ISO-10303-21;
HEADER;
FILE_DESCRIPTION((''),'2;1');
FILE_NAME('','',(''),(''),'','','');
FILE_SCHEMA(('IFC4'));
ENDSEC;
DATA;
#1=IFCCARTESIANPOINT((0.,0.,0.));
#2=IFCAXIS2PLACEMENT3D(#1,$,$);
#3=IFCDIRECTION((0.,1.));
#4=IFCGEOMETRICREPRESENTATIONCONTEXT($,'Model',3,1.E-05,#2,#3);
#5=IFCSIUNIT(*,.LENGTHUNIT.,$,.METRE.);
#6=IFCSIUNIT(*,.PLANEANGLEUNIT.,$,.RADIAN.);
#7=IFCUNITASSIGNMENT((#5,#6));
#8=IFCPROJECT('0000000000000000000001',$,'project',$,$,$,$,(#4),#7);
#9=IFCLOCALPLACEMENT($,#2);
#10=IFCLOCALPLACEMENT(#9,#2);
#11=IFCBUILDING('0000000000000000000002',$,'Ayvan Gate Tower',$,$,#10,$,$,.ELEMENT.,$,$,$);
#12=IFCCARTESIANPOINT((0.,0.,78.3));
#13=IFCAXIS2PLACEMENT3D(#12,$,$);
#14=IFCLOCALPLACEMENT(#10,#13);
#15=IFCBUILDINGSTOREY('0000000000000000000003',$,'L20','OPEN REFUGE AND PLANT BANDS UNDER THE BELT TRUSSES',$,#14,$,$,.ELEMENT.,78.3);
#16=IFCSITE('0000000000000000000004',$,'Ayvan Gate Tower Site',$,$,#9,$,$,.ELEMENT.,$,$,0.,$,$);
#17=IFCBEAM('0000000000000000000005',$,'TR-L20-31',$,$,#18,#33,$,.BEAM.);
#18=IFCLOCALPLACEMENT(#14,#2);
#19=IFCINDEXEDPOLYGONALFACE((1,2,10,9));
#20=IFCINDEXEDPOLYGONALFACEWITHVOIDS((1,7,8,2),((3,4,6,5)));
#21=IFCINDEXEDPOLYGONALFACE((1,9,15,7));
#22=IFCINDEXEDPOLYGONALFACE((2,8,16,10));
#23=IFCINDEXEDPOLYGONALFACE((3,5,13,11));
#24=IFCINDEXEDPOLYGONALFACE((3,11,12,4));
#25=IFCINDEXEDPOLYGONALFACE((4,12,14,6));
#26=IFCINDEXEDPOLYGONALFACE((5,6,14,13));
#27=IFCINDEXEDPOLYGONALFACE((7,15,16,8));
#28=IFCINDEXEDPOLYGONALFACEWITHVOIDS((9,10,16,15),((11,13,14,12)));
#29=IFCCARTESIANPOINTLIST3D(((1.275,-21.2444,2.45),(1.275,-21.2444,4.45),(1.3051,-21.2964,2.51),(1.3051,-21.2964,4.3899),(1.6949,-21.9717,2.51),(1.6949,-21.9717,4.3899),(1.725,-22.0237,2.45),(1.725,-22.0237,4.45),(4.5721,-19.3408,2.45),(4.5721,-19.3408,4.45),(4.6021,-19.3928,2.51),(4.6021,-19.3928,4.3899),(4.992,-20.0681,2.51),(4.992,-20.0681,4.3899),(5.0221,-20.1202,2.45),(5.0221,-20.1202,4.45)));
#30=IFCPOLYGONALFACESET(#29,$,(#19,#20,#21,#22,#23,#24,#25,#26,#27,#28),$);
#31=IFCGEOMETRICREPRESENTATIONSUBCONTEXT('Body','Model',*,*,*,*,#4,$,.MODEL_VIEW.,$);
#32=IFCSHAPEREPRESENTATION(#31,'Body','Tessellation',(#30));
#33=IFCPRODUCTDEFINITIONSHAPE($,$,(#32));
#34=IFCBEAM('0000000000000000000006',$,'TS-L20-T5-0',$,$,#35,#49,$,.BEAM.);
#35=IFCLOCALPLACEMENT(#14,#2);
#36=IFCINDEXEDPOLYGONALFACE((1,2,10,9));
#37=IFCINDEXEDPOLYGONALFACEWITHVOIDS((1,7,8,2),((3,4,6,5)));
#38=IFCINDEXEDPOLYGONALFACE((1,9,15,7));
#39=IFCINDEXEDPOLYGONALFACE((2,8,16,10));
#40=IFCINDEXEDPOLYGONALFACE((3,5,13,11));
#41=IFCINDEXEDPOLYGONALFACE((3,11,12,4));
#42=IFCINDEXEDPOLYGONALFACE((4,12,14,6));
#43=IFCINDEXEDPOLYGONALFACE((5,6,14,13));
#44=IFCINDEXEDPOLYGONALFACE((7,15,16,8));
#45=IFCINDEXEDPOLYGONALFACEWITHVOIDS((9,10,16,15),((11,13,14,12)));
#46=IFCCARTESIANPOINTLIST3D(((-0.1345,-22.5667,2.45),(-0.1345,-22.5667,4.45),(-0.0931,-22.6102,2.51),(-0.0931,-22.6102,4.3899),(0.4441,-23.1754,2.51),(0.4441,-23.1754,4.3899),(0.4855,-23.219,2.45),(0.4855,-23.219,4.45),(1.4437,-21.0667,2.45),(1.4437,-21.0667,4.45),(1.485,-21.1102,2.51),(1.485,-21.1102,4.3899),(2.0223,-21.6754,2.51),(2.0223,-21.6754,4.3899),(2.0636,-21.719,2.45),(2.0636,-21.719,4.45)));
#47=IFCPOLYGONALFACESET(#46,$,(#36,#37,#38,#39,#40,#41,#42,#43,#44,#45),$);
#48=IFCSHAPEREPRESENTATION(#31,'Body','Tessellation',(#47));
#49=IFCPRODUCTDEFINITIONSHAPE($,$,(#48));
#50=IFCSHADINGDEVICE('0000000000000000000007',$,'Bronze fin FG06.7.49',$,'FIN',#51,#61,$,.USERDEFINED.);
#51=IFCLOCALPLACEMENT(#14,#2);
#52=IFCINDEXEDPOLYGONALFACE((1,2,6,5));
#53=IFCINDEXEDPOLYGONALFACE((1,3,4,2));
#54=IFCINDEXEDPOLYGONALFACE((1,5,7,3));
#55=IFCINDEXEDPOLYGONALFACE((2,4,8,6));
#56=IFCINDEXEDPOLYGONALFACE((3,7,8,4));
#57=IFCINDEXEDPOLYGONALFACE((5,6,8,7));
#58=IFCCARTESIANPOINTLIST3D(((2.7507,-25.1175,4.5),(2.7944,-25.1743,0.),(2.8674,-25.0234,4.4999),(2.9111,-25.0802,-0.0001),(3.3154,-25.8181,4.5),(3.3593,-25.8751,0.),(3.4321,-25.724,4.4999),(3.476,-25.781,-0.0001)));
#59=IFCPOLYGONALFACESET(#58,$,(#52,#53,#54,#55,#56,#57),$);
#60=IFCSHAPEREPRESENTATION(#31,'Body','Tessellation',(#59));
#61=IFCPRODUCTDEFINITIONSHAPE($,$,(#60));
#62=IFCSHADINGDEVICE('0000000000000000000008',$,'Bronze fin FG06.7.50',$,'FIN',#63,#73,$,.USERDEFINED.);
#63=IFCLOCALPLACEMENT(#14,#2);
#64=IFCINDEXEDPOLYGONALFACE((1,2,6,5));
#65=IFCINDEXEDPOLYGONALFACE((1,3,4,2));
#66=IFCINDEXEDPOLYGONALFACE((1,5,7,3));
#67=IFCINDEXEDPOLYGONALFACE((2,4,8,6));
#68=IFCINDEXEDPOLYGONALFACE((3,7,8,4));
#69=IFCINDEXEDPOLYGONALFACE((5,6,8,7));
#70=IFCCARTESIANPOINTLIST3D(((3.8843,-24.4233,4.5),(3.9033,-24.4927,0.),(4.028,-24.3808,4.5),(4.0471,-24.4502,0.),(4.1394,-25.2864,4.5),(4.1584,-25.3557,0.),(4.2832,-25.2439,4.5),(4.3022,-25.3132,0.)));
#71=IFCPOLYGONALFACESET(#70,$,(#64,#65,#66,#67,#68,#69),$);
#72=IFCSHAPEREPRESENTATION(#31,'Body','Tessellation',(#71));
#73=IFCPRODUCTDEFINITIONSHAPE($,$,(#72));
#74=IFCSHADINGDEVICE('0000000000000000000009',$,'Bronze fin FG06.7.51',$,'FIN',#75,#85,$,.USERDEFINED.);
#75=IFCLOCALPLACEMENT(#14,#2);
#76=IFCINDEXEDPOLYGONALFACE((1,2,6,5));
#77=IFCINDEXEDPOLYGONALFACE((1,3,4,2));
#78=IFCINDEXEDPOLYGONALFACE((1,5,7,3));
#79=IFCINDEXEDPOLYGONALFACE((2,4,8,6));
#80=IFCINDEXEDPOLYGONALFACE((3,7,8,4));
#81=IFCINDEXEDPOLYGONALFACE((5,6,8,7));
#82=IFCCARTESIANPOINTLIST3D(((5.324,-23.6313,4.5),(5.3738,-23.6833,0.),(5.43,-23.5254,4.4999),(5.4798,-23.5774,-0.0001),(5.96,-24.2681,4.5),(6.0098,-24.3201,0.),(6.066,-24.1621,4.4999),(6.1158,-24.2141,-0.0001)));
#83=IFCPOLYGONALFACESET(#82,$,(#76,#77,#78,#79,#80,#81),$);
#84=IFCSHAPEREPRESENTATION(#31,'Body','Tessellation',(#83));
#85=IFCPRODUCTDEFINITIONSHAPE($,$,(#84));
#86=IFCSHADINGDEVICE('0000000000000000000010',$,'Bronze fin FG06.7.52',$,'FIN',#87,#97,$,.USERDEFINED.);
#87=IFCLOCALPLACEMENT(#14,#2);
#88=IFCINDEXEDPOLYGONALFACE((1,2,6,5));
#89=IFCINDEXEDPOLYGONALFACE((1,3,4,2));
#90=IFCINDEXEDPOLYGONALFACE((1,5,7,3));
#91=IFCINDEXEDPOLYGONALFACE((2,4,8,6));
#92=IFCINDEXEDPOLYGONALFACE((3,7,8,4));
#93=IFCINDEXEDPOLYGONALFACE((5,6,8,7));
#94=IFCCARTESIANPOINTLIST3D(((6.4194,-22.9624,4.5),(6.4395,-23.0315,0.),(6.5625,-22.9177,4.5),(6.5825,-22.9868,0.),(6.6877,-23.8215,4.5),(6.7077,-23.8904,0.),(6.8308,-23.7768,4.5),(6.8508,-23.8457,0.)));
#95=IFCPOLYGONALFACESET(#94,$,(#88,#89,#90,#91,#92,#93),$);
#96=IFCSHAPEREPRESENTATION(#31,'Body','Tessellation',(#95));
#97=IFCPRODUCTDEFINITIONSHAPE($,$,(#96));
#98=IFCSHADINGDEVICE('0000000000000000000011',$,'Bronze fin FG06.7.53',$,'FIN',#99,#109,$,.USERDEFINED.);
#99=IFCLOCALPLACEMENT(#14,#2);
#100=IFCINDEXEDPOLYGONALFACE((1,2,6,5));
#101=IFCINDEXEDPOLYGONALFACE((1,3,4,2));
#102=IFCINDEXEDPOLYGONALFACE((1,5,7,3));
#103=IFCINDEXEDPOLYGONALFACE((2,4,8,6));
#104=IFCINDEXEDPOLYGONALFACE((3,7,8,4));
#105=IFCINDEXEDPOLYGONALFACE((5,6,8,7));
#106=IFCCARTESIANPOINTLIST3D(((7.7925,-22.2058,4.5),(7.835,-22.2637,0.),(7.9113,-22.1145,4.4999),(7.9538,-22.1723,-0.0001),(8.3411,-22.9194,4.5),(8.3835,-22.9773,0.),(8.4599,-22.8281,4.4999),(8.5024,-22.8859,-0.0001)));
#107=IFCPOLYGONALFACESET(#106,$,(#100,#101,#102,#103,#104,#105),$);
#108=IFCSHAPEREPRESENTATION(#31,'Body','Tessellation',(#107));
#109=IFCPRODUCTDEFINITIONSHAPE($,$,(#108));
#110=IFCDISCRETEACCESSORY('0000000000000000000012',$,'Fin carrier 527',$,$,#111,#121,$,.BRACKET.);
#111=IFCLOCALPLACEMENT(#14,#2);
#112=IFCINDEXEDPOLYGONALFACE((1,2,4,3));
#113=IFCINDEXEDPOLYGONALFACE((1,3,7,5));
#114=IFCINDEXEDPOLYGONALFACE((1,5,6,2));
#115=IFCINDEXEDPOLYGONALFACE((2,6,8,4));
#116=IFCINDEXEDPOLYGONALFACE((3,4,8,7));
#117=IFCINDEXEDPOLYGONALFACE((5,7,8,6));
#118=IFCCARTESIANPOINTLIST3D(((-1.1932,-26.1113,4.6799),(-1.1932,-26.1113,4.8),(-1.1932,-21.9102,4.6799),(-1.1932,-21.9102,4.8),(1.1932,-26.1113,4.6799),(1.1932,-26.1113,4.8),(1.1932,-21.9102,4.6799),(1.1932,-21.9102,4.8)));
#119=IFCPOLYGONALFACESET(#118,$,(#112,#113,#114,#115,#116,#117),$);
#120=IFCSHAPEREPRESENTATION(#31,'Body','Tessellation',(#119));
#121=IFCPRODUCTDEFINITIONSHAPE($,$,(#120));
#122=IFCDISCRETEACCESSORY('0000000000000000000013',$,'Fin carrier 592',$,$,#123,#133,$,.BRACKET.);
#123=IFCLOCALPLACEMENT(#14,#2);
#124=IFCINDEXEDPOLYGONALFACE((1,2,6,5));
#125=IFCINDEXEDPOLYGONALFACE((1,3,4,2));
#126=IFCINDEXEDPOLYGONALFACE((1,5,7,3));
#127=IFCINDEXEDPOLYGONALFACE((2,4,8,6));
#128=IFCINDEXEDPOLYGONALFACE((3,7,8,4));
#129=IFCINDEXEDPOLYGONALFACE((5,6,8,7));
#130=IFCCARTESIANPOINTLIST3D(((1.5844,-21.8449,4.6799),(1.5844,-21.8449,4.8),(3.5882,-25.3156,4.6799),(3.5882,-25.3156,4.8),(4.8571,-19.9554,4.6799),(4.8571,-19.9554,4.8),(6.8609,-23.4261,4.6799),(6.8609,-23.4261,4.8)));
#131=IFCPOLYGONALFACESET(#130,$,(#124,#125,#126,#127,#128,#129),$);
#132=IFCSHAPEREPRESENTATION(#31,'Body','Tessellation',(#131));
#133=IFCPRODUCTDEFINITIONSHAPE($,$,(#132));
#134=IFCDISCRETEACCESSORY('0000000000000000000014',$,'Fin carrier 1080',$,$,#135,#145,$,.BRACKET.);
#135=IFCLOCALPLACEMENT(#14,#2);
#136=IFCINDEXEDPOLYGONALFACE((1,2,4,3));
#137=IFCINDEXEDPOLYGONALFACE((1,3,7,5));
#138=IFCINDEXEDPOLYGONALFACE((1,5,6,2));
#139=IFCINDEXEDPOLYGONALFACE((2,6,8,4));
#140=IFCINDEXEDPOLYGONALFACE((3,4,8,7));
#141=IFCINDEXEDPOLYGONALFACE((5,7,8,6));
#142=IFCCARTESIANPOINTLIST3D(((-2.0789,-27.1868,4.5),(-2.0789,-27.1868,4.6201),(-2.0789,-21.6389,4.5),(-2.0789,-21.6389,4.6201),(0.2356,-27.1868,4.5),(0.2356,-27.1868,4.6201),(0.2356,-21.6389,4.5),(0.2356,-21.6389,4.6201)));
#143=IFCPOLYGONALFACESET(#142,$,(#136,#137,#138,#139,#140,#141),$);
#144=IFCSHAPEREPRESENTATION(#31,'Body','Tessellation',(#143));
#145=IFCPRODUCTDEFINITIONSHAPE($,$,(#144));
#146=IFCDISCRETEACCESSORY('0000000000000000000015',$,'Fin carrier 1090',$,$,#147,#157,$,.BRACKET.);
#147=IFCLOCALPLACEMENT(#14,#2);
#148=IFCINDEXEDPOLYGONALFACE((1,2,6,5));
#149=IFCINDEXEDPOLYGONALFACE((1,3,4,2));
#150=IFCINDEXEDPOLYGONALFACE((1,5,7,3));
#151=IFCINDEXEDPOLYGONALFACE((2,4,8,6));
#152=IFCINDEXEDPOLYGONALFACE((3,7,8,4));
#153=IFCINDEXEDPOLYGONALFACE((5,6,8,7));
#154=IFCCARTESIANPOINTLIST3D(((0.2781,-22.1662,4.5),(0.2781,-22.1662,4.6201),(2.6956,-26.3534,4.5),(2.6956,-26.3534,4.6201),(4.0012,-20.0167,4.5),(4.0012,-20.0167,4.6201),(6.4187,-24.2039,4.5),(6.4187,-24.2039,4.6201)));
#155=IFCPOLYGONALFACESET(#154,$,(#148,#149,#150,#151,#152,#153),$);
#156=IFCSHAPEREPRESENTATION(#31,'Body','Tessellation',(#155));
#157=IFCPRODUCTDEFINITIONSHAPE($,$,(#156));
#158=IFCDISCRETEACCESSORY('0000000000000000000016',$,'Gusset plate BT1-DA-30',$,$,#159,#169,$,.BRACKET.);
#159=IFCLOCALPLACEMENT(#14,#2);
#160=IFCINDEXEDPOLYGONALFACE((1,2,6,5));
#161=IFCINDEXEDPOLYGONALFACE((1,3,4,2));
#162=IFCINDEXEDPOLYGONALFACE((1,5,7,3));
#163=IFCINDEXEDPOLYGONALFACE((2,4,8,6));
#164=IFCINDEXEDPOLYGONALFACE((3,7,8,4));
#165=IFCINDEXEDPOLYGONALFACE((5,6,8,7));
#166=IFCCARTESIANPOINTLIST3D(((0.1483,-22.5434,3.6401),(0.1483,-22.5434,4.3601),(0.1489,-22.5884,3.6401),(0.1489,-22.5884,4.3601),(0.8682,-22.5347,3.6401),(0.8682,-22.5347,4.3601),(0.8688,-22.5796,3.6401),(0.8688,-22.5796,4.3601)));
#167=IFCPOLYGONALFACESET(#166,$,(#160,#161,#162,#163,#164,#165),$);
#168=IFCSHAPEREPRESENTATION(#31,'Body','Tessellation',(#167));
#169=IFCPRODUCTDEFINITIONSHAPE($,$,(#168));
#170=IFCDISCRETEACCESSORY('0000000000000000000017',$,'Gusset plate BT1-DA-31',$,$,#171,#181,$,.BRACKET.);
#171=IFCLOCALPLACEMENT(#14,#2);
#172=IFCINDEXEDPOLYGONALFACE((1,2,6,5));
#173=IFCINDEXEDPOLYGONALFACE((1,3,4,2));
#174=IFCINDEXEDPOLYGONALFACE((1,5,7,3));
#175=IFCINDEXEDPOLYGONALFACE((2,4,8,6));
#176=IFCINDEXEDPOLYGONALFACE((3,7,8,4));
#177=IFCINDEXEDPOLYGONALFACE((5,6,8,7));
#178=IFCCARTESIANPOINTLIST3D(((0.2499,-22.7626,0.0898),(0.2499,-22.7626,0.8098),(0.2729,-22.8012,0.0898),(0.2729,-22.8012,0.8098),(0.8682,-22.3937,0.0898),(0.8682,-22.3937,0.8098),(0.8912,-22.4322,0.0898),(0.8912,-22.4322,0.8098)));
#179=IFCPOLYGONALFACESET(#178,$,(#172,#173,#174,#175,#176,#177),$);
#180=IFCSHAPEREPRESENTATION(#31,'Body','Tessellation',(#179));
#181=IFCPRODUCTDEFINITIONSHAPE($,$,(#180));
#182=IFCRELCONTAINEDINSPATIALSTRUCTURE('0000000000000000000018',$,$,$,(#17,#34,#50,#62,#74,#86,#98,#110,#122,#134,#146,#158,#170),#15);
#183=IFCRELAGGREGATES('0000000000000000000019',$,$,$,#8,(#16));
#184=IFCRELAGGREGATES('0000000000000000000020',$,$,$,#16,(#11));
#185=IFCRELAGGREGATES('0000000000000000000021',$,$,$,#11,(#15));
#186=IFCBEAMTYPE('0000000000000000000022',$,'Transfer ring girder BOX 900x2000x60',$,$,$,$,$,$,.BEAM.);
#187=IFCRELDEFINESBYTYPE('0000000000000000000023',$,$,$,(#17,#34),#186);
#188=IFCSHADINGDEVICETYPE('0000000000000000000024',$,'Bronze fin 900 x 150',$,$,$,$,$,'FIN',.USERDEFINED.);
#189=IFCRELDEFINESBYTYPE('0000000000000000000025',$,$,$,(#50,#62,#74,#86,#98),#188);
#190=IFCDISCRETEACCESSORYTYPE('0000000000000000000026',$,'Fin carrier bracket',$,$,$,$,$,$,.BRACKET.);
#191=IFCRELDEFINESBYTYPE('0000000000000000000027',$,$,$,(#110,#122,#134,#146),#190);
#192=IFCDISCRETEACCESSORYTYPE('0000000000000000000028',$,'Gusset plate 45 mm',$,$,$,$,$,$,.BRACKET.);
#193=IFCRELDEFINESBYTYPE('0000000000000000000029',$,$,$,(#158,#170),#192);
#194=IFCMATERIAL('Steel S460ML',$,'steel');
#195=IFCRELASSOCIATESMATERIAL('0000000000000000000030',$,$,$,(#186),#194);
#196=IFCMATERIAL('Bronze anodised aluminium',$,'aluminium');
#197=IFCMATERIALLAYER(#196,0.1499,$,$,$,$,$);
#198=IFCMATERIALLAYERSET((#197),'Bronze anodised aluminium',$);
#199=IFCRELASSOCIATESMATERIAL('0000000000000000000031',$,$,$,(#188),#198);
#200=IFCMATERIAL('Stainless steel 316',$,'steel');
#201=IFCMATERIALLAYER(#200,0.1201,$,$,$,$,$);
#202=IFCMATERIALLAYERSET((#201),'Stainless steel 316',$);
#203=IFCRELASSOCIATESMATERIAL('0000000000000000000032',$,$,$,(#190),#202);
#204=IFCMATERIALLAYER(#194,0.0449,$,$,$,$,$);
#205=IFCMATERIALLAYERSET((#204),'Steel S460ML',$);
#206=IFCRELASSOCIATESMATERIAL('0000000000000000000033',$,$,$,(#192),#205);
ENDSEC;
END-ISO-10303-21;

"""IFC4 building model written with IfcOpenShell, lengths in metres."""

from ifc_helpers import new_model, si_unit, direction, frame, origin, origin_2d, place, context, subcontext, project, spatial, polyline, rectangle, hollow_rectangle, outline, extrude, material, layer, layer_set, material_profile, profile_set, type_object, element, save


model = new_model("IFC4")

# Units and contexts
model_context = context("Model", 3, precision=1e-05, world=origin(), true_north=direction((0.0, 1.0)))
body_context = subcontext(model_context, "Body", "Model", "MODEL_VIEW")
ifc_project = project(units=[si_unit("LENGTHUNIT", "METRE"), si_unit("PLANEANGLEUNIT", "RADIAN")], contexts=[model_context])

# Site, building, storey
site_placement = place(None, origin())
site = spatial("IfcSite", under=ifc_project, at=site_placement, Name="Ayvan Gate Tower Site", CompositionType="ELEMENT", RefElevation=0.0)
building_placement = place(site_placement, origin())
building = spatial("IfcBuilding", under=site, at=building_placement, Name="Ayvan Gate Tower", CompositionType="ELEMENT")
storey_placement = place(building_placement, frame((0.0, 0.0, 78.3)))
storey = spatial("IfcBuildingStorey", under=building, at=storey_placement, Name="L20", Description="OPEN REFUGE AND PLANT BANDS UNDER THE BELT TRUSSES", CompositionType="ELEMENT", Elevation=78.3)

# Shared definitions
ifc_material_1 = material(Name="Steel S460ML", Category="steel")

# Beams
ifc_material_profile_1 = material_profile(ifc_material_1, hollow_rectangle(XDim=0.8999, YDim=2.0, WallThickness=0.0601, at=origin_2d()), Name="BOX 900x2000x60")
ifc_profile_set_1 = profile_set([ifc_material_profile_1], Name="Steel S460ML")
beam_type_1 = type_object("IfcBeamType", Name="Transfer ring girder BOX 900x2000x60", PredefinedType="BEAM", material=ifc_profile_set_1)
beam_1_placement = place(storey_placement, frame((1.5, -21.634, 3.45), z_axis=(0.866029, 0.499994, 0.0), x_axis=(-0.499994, 0.866029, 0.0)))
element("IfcBeam", 1, at=beam_1_placement, inside=storey, type_object=beam_type_1, Name="TR-L20-31", PredefinedType="BEAM", context=body_context, shape_type="SweptSolid", body=[
    extrude(hollow_rectangle(XDim=0.8999, YDim=2.0, WallThickness=0.0601, at=origin_2d()), origin(), (0.0, 0.0, 1.0), 3.8071),
])
beam_2_placement = place(storey_placement, frame((0.1755, -22.8928, 3.45), z_axis=(0.72482, 0.688938, 0.0), x_axis=(-0.688938, 0.72482, 0.0)))
element("IfcBeam", 2, at=beam_2_placement, inside=storey, type_object=beam_type_1, Name="TS-L20-T5-0", PredefinedType="BEAM", context=body_context, shape_type="SweptSolid", body=[
    extrude(hollow_rectangle(XDim=0.8999, YDim=2.0, WallThickness=0.0601, at=origin_2d()), origin(), (0.0, 0.0, 1.0), 2.1772),
])

# Shading devices
ifc_material_2 = material(Name="Bronze anodised aluminium", Category="aluminium")
ifc_layer_1 = layer(ifc_material_2, 0.1499)
ifc_layer_set_1 = layer_set([ifc_layer_1], Name="Bronze anodised aluminium")
shading_device_type = type_object("IfcShadingDeviceType", Name="Bronze fin 900 x 150", ElementType="FIN", PredefinedType="USERDEFINED", material=ifc_layer_set_1)
shading_device_1_placement = place(storey_placement, frame((2.7944, -25.1743, 0.0), z_axis=(-0.778548, -0.627585, 0.000351), x_axis=(0.627585, -0.778548, 0.0)))
element("IfcShadingDevice", 3, at=shading_device_1_placement, inside=storey, type_object=shading_device_type, Name="Bronze fin FG06.7.49", ObjectType="FIN", PredefinedType="USERDEFINED", context=body_context, shape_type="SweptSolid", body=[
    extrude(outline(polyline([(0.0, 0.0), (0.9001, 0.0), (0.8282, 4.5), (-0.0717, 4.5), (0.0, 0.0)])), origin(), (0.0, 0.0, -1.0), 0.1499),
])
shading_device_2_placement = place(storey_placement, frame((3.9033, -24.4927, 0.0), z_axis=(-0.958976, -0.283488, 0.00031), x_axis=(0.283488, -0.958976, 0.0)))
element("IfcShadingDevice", 4, at=shading_device_2_placement, inside=storey, type_object=shading_device_type, Name="Bronze fin FG06.7.50", ObjectType="FIN", PredefinedType="USERDEFINED", context=body_context, shape_type="SweptSolid", body=[
    extrude(outline(polyline([(0.0, 0.0), (0.9, 0.0), (0.8281, 4.5), (-0.0719, 4.5), (0.0, 0.0)])), origin(), (0.0, 0.0, -1.0), 0.1499),
])
shading_device_3_placement = place(storey_placement, frame((5.3738, -23.6833, 0.0), z_axis=(-0.707514, -0.7067, 0.000336), x_axis=(0.7067, -0.707514, 0.0)))
element("IfcShadingDevice", 5, at=shading_device_3_placement, inside=storey, type_object=shading_device_type, Name="Bronze fin FG06.7.51", ObjectType="FIN", PredefinedType="USERDEFINED", context=body_context, shape_type="SweptSolid", body=[
    extrude(outline(polyline([(0.0, 0.0), (0.8999, 0.0), (0.8279, 4.5), (-0.072, 4.5), (0.0, 0.0)])), origin(), (0.0, 0.0, -1.0), 0.1499),
])
shading_device_4_placement = place(storey_placement, frame((6.4395, -23.0315, 0.0), z_axis=(-0.954521, -0.298144, 0.000323), x_axis=(0.298144, -0.954521, 0.0)))
element("IfcShadingDevice", 6, at=shading_device_4_placement, inside=storey, type_object=shading_device_type, Name="Bronze fin FG06.7.52", ObjectType="FIN", PredefinedType="USERDEFINED", context=body_context, shape_type="SweptSolid", body=[
    extrude(outline(polyline([(0.0, 0.0), (0.8998, 0.0), (0.8281, 4.5), (-0.0719, 4.5), (0.0, 0.0)])), origin(), (0.0, 0.0, -1.0), 0.1499),
])
shading_device_5_placement = place(storey_placement, frame((7.835, -22.2637, 0.0), z_axis=(-0.792815, -0.609462, 0.000352), x_axis=(0.609462, -0.792816, 0.0)))
element("IfcShadingDevice", 7, at=shading_device_5_placement, inside=storey, type_object=shading_device_type, Name="Bronze fin FG06.7.53", ObjectType="FIN", PredefinedType="USERDEFINED", context=body_context, shape_type="SweptSolid", body=[
    extrude(outline(polyline([(0.0, 0.0), (0.9001, 0.0), (0.8283, 4.5), (-0.0718, 4.5), (0.0, 0.0)])), origin(), (0.0, 0.0, -1.0), 0.1499),
])

# Discrete accessories
ifc_material_3 = material(Name="Stainless steel 316", Category="steel")
ifc_layer_2 = layer(ifc_material_3, 0.1201)
ifc_layer_set_2 = layer_set([ifc_layer_2], Name="Stainless steel 316")
discrete_accessory_type_1 = type_object("IfcDiscreteAccessoryType", Name="Fin carrier bracket", PredefinedType="BRACKET", material=ifc_layer_set_2)
discrete_accessory_1_placement = place(storey_placement, frame((0.0, -24.0107, 4.6799), z_axis=(0.0, 0.0, 1.0), x_axis=(1.0, 0.0, 0.0)))
element("IfcDiscreteAccessory", 8, at=discrete_accessory_1_placement, inside=storey, type_object=discrete_accessory_type_1, Name="Fin carrier 527", PredefinedType="BRACKET", context=body_context, shape_type="SweptSolid", body=[
    extrude(rectangle(XDim=2.3865, YDim=4.2012, at=origin_2d()), origin(), (0.0, 0.0, 1.0), 0.1201),
])
discrete_accessory_2_placement = place(storey_placement, frame((4.2227, -22.6355, 4.6799), z_axis=(0.0, 0.0, 1.0), x_axis=(0.866025, 0.5, 0.0)))
element("IfcDiscreteAccessory", 9, at=discrete_accessory_2_placement, inside=storey, type_object=discrete_accessory_type_1, Name="Fin carrier 592", PredefinedType="BRACKET", context=body_context, shape_type="SweptSolid", body=[
    extrude(rectangle(XDim=3.7791, YDim=4.0076, at=origin_2d()), origin(), (0.0, 0.0, 1.0), 0.1201),
])
discrete_accessory_3_placement = place(storey_placement, frame((-0.9216, -24.4128, 4.5), z_axis=(0.0, 0.0, 1.0), x_axis=(1.0, 0.0, 0.0)))
element("IfcDiscreteAccessory", 10, at=discrete_accessory_3_placement, inside=storey, type_object=discrete_accessory_type_1, Name="Fin carrier 1080", PredefinedType="BRACKET", context=body_context, shape_type="SweptSolid", body=[
    extrude(rectangle(XDim=2.3145, YDim=5.5479, at=origin_2d()), origin(), (0.0, 0.0, 1.0), 0.1201),
])
discrete_accessory_4_placement = place(storey_placement, frame((3.3484, -23.1851, 4.5), z_axis=(0.0, 0.0, 1.0), x_axis=(0.866025, 0.5, 0.0)))
element("IfcDiscreteAccessory", 11, at=discrete_accessory_4_placement, inside=storey, type_object=discrete_accessory_type_1, Name="Fin carrier 1090", PredefinedType="BRACKET", context=body_context, shape_type="SweptSolid", body=[
    extrude(rectangle(XDim=4.2991, YDim=4.835, at=origin_2d()), origin(), (0.0, 0.0, 1.0), 0.1201),
])
ifc_layer_3 = layer(ifc_material_1, 0.0449)
ifc_layer_set_3 = layer_set([ifc_layer_3], Name="Steel S460ML")
discrete_accessory_type_2 = type_object("IfcDiscreteAccessoryType", Name="Gusset plate 45 mm", PredefinedType="BRACKET", material=ifc_layer_set_3)
for number, where, z_axis, x_axis, name in (
    (12, (0.5085, -22.5615, 3.6401), (0.0, 0.0, 1.0), (0.999926, 0.012175, 0.0), "Gusset plate BT1-DA-30"),
    (13, (0.5706, -22.5974, 0.0898), (0.0, 0.0, 1.0), (0.858732, 0.512425, 0.0), "Gusset plate BT1-DA-31"),
):
    element("IfcDiscreteAccessory", number, at=place(storey_placement, frame(where, z_axis=z_axis, x_axis=x_axis)), inside=storey, type_object=discrete_accessory_type_2, Name=name, PredefinedType="BRACKET", context=body_context, shape_type="SweptSolid", body=[
        extrude(rectangle(XDim=0.72, YDim=0.0449, at=origin_2d()), origin(), (0.0, 0.0, 1.0), 0.72),
    ])

save(model, "model.ifc")
